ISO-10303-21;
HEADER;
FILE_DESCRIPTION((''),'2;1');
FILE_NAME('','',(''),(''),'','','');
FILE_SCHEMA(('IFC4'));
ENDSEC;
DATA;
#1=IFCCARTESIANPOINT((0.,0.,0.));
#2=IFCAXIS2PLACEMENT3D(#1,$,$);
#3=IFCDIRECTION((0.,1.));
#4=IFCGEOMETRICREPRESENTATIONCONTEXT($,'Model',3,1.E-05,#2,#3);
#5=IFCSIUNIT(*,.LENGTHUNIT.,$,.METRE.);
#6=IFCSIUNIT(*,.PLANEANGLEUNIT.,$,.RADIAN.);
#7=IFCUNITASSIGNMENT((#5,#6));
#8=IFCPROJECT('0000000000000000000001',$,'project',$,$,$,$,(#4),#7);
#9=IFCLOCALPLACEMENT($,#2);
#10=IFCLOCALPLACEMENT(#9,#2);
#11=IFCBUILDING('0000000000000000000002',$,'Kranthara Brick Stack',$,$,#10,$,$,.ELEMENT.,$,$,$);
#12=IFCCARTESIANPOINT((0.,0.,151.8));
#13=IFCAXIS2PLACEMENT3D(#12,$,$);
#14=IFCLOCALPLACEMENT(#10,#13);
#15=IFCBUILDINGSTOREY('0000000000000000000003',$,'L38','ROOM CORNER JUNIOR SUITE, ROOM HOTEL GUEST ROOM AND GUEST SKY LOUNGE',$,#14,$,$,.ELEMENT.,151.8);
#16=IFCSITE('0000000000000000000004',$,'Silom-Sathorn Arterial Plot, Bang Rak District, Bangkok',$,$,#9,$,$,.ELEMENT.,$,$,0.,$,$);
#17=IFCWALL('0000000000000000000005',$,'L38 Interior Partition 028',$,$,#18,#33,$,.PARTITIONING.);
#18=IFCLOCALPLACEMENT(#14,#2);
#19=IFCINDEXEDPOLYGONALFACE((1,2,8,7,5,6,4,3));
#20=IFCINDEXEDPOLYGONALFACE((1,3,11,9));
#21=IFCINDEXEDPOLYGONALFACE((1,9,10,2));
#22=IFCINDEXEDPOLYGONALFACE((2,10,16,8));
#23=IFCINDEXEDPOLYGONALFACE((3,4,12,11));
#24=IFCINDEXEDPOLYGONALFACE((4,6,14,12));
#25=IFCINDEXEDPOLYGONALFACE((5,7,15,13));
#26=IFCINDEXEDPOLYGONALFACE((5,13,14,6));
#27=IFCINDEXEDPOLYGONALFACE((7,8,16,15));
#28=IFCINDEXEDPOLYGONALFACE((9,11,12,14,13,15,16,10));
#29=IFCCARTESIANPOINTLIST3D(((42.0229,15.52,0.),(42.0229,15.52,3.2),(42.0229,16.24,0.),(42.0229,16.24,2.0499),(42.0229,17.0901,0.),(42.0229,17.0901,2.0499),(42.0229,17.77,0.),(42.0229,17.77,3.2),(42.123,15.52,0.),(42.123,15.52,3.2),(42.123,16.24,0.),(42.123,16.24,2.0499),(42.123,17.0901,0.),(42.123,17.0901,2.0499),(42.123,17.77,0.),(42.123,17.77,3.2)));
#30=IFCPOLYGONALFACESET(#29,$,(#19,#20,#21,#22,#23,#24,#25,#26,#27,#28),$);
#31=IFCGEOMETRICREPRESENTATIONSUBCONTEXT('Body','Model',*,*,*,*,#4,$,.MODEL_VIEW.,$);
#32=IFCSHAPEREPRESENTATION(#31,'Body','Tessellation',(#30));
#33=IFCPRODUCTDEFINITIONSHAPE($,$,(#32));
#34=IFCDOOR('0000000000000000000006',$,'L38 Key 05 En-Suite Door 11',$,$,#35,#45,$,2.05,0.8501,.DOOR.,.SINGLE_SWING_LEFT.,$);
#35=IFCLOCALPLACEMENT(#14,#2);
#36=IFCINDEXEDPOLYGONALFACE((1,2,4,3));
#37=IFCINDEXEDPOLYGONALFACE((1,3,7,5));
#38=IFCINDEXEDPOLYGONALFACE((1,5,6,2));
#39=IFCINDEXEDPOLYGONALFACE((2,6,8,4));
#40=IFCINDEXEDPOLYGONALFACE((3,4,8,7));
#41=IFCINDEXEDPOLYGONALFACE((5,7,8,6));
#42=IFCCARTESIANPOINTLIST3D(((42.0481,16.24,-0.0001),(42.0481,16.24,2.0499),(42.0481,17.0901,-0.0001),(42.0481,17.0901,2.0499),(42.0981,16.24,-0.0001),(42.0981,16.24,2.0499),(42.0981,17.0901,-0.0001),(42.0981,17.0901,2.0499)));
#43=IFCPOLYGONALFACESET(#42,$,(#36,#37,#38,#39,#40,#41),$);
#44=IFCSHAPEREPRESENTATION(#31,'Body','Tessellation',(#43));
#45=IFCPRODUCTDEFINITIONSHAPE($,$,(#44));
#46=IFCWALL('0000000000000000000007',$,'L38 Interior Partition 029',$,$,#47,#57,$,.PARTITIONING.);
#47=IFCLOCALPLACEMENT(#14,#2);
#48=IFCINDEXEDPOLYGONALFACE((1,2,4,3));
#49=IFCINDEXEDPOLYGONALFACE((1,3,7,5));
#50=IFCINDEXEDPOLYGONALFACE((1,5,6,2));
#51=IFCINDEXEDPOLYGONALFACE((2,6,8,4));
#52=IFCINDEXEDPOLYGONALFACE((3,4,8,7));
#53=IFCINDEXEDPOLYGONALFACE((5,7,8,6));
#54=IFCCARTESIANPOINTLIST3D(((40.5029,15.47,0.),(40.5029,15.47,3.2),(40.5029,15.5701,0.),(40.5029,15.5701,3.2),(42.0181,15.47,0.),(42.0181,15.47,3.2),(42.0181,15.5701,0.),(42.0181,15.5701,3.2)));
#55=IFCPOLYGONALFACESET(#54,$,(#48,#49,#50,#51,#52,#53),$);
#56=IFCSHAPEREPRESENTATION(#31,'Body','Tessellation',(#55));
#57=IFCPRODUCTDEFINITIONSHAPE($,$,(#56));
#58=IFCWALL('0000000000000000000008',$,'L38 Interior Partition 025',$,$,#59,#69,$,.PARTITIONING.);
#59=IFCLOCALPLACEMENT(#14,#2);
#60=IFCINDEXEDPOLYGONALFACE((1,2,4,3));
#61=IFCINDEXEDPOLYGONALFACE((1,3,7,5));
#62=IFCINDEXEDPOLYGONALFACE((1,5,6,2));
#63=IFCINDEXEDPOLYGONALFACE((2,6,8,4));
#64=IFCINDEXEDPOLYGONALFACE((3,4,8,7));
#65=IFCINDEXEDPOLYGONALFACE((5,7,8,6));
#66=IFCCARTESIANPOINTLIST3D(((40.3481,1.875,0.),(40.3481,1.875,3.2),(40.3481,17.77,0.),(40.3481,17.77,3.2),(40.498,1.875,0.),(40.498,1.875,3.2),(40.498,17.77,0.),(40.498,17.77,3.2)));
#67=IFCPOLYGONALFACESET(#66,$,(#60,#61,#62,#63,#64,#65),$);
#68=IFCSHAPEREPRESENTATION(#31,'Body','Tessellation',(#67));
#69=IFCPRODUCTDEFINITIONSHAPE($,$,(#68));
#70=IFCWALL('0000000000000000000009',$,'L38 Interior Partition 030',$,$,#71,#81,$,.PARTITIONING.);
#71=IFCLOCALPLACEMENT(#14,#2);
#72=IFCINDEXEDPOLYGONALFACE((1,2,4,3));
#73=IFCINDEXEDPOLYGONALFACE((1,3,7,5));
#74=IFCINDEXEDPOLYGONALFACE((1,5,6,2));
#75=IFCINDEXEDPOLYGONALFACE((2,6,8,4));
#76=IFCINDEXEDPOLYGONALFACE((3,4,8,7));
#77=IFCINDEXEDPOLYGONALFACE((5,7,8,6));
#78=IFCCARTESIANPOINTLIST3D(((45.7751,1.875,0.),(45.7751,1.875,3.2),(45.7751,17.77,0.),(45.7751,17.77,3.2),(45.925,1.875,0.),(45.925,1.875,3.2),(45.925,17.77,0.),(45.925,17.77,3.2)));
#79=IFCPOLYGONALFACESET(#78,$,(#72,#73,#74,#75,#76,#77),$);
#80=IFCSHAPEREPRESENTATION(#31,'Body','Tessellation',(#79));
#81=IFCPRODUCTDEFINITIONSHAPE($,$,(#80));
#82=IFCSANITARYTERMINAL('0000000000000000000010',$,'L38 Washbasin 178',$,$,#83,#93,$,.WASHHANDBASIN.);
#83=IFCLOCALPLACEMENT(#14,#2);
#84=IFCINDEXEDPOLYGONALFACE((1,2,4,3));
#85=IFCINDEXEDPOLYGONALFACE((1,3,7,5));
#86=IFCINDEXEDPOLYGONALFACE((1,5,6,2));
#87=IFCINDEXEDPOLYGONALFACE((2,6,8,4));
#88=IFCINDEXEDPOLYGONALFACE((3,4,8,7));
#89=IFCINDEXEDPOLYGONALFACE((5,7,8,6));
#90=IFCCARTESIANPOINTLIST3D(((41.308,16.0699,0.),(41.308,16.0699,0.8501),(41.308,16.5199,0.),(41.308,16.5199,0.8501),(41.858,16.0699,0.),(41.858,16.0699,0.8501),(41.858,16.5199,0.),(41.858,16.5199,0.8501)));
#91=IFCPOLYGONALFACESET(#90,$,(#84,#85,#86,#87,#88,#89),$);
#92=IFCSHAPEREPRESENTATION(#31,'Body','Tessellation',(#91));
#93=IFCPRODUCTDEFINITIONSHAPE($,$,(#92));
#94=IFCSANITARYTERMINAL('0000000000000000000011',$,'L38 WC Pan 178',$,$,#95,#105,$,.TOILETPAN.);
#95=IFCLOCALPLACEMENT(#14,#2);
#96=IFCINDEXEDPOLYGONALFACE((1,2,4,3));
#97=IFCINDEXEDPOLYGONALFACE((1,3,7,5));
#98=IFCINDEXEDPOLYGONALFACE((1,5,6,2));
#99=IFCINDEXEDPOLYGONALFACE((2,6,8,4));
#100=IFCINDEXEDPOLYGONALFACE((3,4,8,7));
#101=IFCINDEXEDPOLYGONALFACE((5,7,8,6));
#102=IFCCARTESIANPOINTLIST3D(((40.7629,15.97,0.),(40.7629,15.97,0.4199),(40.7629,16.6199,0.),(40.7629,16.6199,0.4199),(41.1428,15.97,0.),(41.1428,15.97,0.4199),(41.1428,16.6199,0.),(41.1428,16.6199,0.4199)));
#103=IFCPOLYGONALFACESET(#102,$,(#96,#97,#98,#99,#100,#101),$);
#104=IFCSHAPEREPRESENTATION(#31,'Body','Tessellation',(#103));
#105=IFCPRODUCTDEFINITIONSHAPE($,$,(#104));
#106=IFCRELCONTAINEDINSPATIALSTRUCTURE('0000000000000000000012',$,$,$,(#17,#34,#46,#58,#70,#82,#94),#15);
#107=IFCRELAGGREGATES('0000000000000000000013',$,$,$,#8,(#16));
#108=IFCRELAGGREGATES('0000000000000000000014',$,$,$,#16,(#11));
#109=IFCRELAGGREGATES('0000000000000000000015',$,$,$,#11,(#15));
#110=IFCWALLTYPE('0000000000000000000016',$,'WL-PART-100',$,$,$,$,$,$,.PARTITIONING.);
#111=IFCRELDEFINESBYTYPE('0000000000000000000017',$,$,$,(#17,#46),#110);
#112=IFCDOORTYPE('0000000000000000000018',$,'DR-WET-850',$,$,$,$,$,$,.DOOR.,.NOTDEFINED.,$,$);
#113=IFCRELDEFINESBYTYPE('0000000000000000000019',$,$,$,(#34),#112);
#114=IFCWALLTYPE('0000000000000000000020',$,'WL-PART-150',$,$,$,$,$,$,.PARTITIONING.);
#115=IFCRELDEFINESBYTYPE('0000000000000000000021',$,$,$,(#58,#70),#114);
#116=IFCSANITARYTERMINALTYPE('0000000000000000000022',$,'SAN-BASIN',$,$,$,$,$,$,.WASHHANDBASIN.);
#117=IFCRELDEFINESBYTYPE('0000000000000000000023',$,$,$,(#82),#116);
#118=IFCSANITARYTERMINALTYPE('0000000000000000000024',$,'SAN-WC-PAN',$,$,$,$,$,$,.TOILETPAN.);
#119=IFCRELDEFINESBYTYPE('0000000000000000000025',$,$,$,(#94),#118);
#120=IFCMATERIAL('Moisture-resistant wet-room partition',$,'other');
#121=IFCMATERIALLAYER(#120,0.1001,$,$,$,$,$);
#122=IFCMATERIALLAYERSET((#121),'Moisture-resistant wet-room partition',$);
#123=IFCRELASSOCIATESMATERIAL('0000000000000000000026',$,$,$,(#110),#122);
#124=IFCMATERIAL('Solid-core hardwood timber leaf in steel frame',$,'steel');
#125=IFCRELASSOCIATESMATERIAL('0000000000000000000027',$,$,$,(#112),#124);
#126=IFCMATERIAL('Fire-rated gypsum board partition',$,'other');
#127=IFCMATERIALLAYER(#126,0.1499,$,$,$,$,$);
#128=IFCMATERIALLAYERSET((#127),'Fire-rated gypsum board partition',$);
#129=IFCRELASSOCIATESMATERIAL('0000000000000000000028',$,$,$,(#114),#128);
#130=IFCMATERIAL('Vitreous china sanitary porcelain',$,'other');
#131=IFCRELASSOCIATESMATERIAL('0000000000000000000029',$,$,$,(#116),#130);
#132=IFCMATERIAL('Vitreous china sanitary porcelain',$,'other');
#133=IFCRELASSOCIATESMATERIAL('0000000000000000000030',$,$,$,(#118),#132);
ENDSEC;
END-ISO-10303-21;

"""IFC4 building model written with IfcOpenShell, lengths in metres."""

from ifc_helpers import new_model, si_unit, direction, frame, frame_2d, origin, origin_2d, place, context, subcontext, project, spatial, rectangle, extrude, material, layer, layer_set, type_object, element, fill, save


model = new_model("IFC4")

# Units and contexts
model_context = context("Model", 3, precision=1e-05, world=origin(), true_north=direction((0.0, 1.0)))
body_context = subcontext(model_context, "Body", "Model", "MODEL_VIEW")
ifc_project = project(units=[si_unit("LENGTHUNIT", "METRE"), si_unit("PLANEANGLEUNIT", "RADIAN")], contexts=[model_context])

# Site, building, storey
site_placement = place(None, origin())
site = spatial("IfcSite", under=ifc_project, at=site_placement, Name="Silom-Sathorn Arterial Plot, Bang Rak District, Bangkok", CompositionType="ELEMENT", RefElevation=0.0)
building_placement = place(site_placement, origin())
building = spatial("IfcBuilding", under=site, at=building_placement, Name="Kranthara Brick Stack", CompositionType="ELEMENT")
storey_placement = place(building_placement, frame((0.0, 0.0, 151.8)))
storey = spatial("IfcBuildingStorey", under=building, at=storey_placement, Name="L38", Description="ROOM CORNER JUNIOR SUITE, ROOM HOTEL GUEST ROOM AND GUEST SKY LOUNGE", CompositionType="ELEMENT", Elevation=151.8)

# Wall, opening, door
ifc_material_1 = material(Name="Moisture-resistant wet-room partition", Category="other")
ifc_layer_1 = layer(ifc_material_1, 0.1001)
ifc_layer_set_1 = layer_set([ifc_layer_1], Name="Moisture-resistant wet-room partition")
wall_type_1 = type_object("IfcWallType", Name="WL-PART-100", PredefinedType="PARTITIONING", material=ifc_layer_set_1)
wall_1_placement = place(storey_placement, frame((42.073, 15.52, 0.0), z_axis=(0.0, 0.0, 1.0), x_axis=(0.0, 1.0, 0.0)))
wall_1 = element("IfcWall", 1, at=wall_1_placement, inside=storey, type_object=wall_type_1, Name="L38 Interior Partition 028", PredefinedType="PARTITIONING", context=body_context, shape_type="SweptSolid", body=[
    extrude(rectangle(XDim=2.25, YDim=0.1001, at=frame_2d((1.125, 0.0))), origin(), (0.0, 0.0, 1.0), 3.2),
])
opening_1_placement = place(wall_1_placement, frame((0.72, 0.0, 0.0)))
opening_1 = element("IfcOpeningElement", 2, at=opening_1_placement, cuts=wall_1, PredefinedType="OPENING", context=body_context, shape_type="SweptSolid", body=[
    extrude(rectangle(XDim=0.8501, YDim=2.05, at=frame_2d((0.425, 1.0249))), frame((0.0, 0.0601, 0.0), z_axis=(0.0, -1.0, 0.0), x_axis=(1.0, 0.0, 0.0)), (0.0, 0.0, 1.0), 0.1201),
])
ifc_material_2 = material(Name="Solid-core hardwood timber leaf in steel frame", Category="steel")
door_type_1 = type_object("IfcDoorType", Name="DR-WET-850", OperationType="NOTDEFINED", PredefinedType="DOOR", material=ifc_material_2)
door_1_placement = place(opening_1_placement, origin())
door_1 = element("IfcDoor", 3, at=door_1_placement, inside=storey, type_object=door_type_1, Name="L38 Key 05 En-Suite Door 11", OperationType="SINGLE_SWING_LEFT", OverallHeight=2.05, OverallWidth=0.8501, PredefinedType="DOOR", context=body_context, shape_type="SweptSolid", body=[
    extrude(rectangle(XDim=0.8501, YDim=2.05, at=frame_2d((0.425, 1.0249))), frame((0.0, 0.0249, 0.0), z_axis=(0.0, -1.0, 0.0), x_axis=(1.0, 0.0, 0.0)), (0.0, 0.0, 1.0), 0.05),
])
fill(opening_1, door_1)

# Walls
wall_2_placement = place(storey_placement, frame((40.5029, 15.52, 0.0), z_axis=(0.0, 0.0, 1.0), x_axis=(1.0, 0.0, 0.0)))
element("IfcWall", 4, at=wall_2_placement, inside=storey, type_object=wall_type_1, Name="L38 Interior Partition 029", PredefinedType="PARTITIONING", context=body_context, shape_type="SweptSolid", body=[
    extrude(rectangle(XDim=1.5151, YDim=0.1001, at=frame_2d((0.7576, 0.0))), origin(), (0.0, 0.0, 1.0), 3.2),
])
ifc_material_3 = material(Name="Fire-rated gypsum board partition", Category="other")
ifc_layer_2 = layer(ifc_material_3, 0.1499)
ifc_layer_set_2 = layer_set([ifc_layer_2], Name="Fire-rated gypsum board partition")
wall_type_2 = type_object("IfcWallType", Name="WL-PART-150", PredefinedType="PARTITIONING", material=ifc_layer_set_2)
for number, where, z_axis, x_axis, name in (
    (5, (40.4231, 1.875, 0.0), (0.0, 0.0, 1.0), (0.0, 1.0, 0.0), "L38 Interior Partition 025"),
    (6, (45.8501, 1.875, 0.0), (0.0, 0.0, 1.0), (0.0, 1.0, 0.0), "L38 Interior Partition 030"),
):
    element("IfcWall", number, at=place(storey_placement, frame(where, z_axis=z_axis, x_axis=x_axis)), inside=storey, type_object=wall_type_2, Name=name, PredefinedType="PARTITIONING", context=body_context, shape_type="SweptSolid", body=[
        extrude(rectangle(XDim=15.895, YDim=0.1499, at=frame_2d((7.9475, 0.0))), origin(), (0.0, 0.0, 1.0), 3.2),
    ])

# Sanitary terminals
ifc_material_4 = material(Name="Vitreous china sanitary porcelain", Category="other")
sanitary_terminal_type_1 = type_object("IfcSanitaryTerminalType", Name="SAN-BASIN", PredefinedType="WASHHANDBASIN", material=ifc_material_4)
sanitary_terminal_1_placement = place(storey_placement, frame((41.583, 16.2949, 0.0), z_axis=(0.0, 0.0, 1.0), x_axis=(1.0, 0.0, 0.0)))
element("IfcSanitaryTerminal", 7, at=sanitary_terminal_1_placement, inside=storey, type_object=sanitary_terminal_type_1, Name="L38 Washbasin 178", PredefinedType="WASHHANDBASIN", context=body_context, shape_type="SweptSolid", body=[
    extrude(rectangle(XDim=0.55, YDim=0.45, at=origin_2d()), origin(), (0.0, 0.0, 1.0), 0.8501),
])
ifc_material_5 = material(Name="Vitreous china sanitary porcelain", Category="other")
sanitary_terminal_type_2 = type_object("IfcSanitaryTerminalType", Name="SAN-WC-PAN", PredefinedType="TOILETPAN", material=ifc_material_5)
sanitary_terminal_2_placement = place(storey_placement, frame((40.9529, 16.2949, 0.0), z_axis=(0.0, 0.0, 1.0), x_axis=(1.0, 0.0, 0.0)))
element("IfcSanitaryTerminal", 8, at=sanitary_terminal_2_placement, inside=storey, type_object=sanitary_terminal_type_2, Name="L38 WC Pan 178", PredefinedType="TOILETPAN", context=body_context, shape_type="SweptSolid", body=[
    extrude(rectangle(XDim=0.3799, YDim=0.6499, at=origin_2d()), origin(), (0.0, 0.0, 1.0), 0.4199),
])

save(model, "model.ifc")
